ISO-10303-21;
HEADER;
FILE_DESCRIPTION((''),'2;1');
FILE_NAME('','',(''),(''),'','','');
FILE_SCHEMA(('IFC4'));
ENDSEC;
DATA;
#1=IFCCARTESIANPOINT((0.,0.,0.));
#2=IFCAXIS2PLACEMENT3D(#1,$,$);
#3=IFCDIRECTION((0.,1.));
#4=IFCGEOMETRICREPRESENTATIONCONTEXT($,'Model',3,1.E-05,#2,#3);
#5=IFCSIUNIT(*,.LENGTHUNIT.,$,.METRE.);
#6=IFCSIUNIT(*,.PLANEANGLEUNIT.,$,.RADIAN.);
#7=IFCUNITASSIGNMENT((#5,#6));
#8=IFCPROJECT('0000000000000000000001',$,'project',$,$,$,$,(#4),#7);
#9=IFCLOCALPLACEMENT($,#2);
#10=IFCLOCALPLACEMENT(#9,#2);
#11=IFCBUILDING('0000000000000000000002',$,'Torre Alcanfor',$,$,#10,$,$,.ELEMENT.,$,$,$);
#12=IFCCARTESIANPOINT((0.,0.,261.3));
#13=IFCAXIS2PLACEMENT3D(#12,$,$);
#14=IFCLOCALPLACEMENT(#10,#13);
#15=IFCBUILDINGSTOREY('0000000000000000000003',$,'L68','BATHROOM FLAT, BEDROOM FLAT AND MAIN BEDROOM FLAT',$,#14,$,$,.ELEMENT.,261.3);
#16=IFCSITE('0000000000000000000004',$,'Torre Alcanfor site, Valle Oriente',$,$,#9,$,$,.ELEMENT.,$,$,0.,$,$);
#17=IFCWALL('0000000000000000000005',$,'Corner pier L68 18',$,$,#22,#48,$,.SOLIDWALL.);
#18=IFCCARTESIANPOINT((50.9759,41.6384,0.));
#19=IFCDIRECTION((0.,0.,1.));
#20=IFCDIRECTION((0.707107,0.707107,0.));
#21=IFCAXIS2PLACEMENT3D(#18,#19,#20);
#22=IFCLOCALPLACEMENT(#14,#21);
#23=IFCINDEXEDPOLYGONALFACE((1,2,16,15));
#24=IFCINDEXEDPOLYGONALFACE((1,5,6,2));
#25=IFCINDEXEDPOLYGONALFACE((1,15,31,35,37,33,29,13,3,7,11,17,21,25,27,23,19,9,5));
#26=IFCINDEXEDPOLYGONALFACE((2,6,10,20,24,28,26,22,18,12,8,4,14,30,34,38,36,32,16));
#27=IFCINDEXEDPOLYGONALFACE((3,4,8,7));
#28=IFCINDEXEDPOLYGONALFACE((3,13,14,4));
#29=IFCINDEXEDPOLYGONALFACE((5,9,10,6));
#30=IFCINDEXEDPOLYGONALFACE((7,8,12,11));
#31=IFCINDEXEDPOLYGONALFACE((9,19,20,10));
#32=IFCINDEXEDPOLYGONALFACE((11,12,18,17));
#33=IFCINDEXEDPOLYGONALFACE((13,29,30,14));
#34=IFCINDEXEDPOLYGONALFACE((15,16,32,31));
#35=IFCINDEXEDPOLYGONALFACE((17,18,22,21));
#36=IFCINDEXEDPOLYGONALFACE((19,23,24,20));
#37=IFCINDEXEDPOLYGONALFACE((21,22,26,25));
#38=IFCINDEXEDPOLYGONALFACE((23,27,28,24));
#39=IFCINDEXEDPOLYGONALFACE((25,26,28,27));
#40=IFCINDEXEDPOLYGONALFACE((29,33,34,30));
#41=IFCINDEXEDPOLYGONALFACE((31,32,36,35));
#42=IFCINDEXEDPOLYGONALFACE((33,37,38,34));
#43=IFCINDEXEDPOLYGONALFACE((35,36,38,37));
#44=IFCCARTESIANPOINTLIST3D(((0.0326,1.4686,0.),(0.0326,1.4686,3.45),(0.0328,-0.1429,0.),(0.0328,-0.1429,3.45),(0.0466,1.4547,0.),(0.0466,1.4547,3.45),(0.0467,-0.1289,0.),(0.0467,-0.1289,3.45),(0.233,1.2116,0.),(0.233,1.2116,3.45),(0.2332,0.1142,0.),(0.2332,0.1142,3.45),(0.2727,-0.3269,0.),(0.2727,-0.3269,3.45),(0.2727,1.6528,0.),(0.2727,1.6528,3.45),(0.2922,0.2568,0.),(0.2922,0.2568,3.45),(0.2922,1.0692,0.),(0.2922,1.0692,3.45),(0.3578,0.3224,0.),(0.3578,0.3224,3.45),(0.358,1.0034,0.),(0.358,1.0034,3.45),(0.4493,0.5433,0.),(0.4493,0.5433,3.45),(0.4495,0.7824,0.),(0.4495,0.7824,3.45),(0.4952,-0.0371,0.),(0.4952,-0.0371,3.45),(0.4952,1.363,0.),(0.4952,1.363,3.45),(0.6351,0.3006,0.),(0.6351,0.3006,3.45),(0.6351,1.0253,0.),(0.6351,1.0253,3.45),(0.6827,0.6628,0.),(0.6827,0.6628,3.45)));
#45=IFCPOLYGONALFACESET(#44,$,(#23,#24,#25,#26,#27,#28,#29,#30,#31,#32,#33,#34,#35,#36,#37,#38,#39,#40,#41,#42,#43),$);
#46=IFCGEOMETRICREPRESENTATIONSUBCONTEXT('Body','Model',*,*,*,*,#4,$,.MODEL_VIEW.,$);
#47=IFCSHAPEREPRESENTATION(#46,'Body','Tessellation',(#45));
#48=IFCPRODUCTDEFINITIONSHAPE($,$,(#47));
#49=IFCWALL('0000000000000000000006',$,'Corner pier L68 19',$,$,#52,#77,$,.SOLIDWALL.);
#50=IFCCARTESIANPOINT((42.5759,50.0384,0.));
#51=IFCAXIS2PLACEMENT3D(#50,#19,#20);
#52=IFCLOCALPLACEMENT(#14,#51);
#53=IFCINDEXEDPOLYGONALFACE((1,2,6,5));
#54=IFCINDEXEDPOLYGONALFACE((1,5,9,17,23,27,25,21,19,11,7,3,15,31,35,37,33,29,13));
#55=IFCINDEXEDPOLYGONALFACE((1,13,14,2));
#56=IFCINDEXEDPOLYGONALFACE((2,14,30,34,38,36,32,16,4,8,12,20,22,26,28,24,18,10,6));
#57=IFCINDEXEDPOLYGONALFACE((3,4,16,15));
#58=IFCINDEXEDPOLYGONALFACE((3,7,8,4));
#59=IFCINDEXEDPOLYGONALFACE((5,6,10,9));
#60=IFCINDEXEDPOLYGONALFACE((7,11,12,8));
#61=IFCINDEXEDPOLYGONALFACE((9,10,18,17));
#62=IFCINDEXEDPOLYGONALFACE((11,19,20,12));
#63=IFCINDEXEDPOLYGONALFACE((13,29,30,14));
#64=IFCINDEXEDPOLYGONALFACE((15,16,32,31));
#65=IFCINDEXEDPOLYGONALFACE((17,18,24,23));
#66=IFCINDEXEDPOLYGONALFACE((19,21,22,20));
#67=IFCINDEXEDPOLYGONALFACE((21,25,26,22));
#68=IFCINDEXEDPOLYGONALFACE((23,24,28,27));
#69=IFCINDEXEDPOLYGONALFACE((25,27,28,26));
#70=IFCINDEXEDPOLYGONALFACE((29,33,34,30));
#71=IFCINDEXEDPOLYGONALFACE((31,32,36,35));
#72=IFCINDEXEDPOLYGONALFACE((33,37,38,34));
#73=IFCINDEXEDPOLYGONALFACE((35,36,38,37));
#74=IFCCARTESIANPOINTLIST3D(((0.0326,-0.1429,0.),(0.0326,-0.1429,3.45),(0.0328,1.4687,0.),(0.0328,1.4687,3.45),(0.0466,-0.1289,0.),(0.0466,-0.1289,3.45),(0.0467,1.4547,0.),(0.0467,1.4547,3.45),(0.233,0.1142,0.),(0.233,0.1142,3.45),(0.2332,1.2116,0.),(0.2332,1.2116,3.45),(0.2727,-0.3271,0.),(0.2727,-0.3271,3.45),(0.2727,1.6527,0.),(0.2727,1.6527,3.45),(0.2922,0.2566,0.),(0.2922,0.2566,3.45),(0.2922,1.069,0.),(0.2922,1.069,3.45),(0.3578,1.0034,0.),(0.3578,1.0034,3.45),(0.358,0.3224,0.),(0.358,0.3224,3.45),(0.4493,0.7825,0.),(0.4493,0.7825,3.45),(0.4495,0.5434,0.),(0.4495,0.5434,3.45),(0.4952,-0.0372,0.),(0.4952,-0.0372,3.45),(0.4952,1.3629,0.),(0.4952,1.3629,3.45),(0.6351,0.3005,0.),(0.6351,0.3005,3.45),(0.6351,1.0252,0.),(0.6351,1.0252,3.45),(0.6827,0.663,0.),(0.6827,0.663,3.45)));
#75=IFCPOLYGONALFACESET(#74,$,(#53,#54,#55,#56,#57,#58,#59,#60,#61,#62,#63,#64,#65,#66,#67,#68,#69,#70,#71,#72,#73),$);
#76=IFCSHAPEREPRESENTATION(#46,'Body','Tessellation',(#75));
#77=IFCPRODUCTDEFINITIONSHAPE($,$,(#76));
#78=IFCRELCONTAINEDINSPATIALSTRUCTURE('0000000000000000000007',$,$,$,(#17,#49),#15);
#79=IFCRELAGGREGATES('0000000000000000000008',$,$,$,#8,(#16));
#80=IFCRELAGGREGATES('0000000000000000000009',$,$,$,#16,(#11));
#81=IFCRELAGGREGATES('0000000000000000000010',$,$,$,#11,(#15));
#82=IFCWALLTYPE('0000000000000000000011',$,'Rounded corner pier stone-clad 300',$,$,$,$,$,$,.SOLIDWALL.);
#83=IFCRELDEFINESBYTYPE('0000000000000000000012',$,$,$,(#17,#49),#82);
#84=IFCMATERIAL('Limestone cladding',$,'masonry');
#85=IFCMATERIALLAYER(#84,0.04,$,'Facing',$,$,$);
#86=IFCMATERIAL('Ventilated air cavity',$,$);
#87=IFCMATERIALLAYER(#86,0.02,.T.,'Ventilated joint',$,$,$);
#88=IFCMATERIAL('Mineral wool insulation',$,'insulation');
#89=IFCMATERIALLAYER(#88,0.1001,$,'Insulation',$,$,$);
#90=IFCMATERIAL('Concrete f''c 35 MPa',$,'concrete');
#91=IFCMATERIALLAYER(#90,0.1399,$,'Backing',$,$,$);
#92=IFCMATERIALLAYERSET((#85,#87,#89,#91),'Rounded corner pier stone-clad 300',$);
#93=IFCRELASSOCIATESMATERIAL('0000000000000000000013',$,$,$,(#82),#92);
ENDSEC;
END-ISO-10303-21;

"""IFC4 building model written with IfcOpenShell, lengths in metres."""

from ifc_helpers import new_model, si_unit, direction, frame, origin, place, context, subcontext, project, spatial, polyline, outline, extrude, material, layer, layer_set, type_object, element, save


model = new_model("IFC4")

# Units and contexts
model_context = context("Model", 3, precision=1e-05, world=origin(), true_north=direction((0.0, 1.0)))
body_context = subcontext(model_context, "Body", "Model", "MODEL_VIEW")
ifc_project = project(units=[si_unit("LENGTHUNIT", "METRE"), si_unit("PLANEANGLEUNIT", "RADIAN")], contexts=[model_context])

# Site, building, storey
site_placement = place(None, origin())
site = spatial("IfcSite", under=ifc_project, at=site_placement, Name="Torre Alcanfor site, Valle Oriente", CompositionType="ELEMENT", RefElevation=0.0)
building_placement = place(site_placement, origin())
building = spatial("IfcBuilding", under=site, at=building_placement, Name="Torre Alcanfor", CompositionType="ELEMENT")
storey_placement = place(building_placement, frame((0.0, 0.0, 261.3)))
storey = spatial("IfcBuildingStorey", under=building, at=storey_placement, Name="L68", Description="BATHROOM FLAT, BEDROOM FLAT AND MAIN BEDROOM FLAT", CompositionType="ELEMENT", Elevation=261.3)

# Shared definitions
ifc_material_1 = material(Name="Limestone cladding", Category="masonry")
ifc_material_2 = material(Name="Ventilated air cavity")
ifc_material_3 = material(Name="Mineral wool insulation", Category="insulation")
ifc_material_4 = material(Name="Concrete f'c 35 MPa", Category="concrete")

# Walls
ifc_layer_1 = layer(ifc_material_1, 0.04, Name="Facing")
ifc_layer_2 = layer(ifc_material_2, 0.02, ventilated=True, Name="Ventilated joint")
ifc_layer_3 = layer(ifc_material_3, 0.1001, Name="Insulation")
ifc_layer_4 = layer(ifc_material_4, 0.1399, Name="Backing")
ifc_layer_set_1 = layer_set([ifc_layer_1, ifc_layer_2, ifc_layer_3, ifc_layer_4], Name="Rounded corner pier stone-clad 300")
wall_type_1 = type_object("IfcWallType", Name="Rounded corner pier stone-clad 300", PredefinedType="SOLIDWALL", material=ifc_layer_set_1)
wall_1_placement = place(storey_placement, frame((50.9759, 41.6384, 0.0), z_axis=(0.0, 0.0, 1.0), x_axis=(0.707107, 0.707107, 0.0)))
element("IfcWall", 1, at=wall_1_placement, inside=storey, type_object=wall_type_1, Name="Corner pier L68 18", PredefinedType="SOLIDWALL", context=body_context, shape_type="SweptSolid", body=[
    extrude(outline(polyline([(0.2332, 0.1142), (0.0467, -0.1289), (0.0328, -0.1429), (0.2727, -0.3269), (0.4952, -0.0371), (0.6351, 0.3006), (0.6827, 0.6628), (0.6351, 1.0253), (0.4952, 1.363), (0.2727, 1.6528), (0.0326, 1.4686), (0.0466, 1.4547), (0.233, 1.2116), (0.2922, 1.0692), (0.358, 1.0034), (0.4495, 0.7824), (0.4493, 0.5433), (0.3578, 0.3224), (0.2922, 0.2568), (0.2332, 0.1142)])), origin(), (0.0, 0.0, 1.0), 3.45),
])
wall_2_placement = place(storey_placement, frame((42.5759, 50.0384, 0.0), z_axis=(0.0, 0.0, 1.0), x_axis=(0.707107, 0.707107, 0.0)))
element("IfcWall", 2, at=wall_2_placement, inside=storey, type_object=wall_type_1, Name="Corner pier L68 19", PredefinedType="SOLIDWALL", context=body_context, shape_type="SweptSolid", body=[
    extrude(outline(polyline([(0.233, 0.1142), (0.0466, -0.1289), (0.0326, -0.1429), (0.2727, -0.3271), (0.4952, -0.0372), (0.6351, 0.3005), (0.6827, 0.663), (0.6351, 1.0252), (0.4952, 1.3629), (0.2727, 1.6527), (0.0328, 1.4687), (0.0467, 1.4547), (0.2332, 1.2116), (0.2922, 1.069), (0.3578, 1.0034), (0.4493, 0.7825), (0.4495, 0.5434), (0.358, 0.3224), (0.2922, 0.2566), (0.233, 0.1142)])), origin(), (0.0, 0.0, 1.0), 3.45),
])

save(model, "model.ifc")
